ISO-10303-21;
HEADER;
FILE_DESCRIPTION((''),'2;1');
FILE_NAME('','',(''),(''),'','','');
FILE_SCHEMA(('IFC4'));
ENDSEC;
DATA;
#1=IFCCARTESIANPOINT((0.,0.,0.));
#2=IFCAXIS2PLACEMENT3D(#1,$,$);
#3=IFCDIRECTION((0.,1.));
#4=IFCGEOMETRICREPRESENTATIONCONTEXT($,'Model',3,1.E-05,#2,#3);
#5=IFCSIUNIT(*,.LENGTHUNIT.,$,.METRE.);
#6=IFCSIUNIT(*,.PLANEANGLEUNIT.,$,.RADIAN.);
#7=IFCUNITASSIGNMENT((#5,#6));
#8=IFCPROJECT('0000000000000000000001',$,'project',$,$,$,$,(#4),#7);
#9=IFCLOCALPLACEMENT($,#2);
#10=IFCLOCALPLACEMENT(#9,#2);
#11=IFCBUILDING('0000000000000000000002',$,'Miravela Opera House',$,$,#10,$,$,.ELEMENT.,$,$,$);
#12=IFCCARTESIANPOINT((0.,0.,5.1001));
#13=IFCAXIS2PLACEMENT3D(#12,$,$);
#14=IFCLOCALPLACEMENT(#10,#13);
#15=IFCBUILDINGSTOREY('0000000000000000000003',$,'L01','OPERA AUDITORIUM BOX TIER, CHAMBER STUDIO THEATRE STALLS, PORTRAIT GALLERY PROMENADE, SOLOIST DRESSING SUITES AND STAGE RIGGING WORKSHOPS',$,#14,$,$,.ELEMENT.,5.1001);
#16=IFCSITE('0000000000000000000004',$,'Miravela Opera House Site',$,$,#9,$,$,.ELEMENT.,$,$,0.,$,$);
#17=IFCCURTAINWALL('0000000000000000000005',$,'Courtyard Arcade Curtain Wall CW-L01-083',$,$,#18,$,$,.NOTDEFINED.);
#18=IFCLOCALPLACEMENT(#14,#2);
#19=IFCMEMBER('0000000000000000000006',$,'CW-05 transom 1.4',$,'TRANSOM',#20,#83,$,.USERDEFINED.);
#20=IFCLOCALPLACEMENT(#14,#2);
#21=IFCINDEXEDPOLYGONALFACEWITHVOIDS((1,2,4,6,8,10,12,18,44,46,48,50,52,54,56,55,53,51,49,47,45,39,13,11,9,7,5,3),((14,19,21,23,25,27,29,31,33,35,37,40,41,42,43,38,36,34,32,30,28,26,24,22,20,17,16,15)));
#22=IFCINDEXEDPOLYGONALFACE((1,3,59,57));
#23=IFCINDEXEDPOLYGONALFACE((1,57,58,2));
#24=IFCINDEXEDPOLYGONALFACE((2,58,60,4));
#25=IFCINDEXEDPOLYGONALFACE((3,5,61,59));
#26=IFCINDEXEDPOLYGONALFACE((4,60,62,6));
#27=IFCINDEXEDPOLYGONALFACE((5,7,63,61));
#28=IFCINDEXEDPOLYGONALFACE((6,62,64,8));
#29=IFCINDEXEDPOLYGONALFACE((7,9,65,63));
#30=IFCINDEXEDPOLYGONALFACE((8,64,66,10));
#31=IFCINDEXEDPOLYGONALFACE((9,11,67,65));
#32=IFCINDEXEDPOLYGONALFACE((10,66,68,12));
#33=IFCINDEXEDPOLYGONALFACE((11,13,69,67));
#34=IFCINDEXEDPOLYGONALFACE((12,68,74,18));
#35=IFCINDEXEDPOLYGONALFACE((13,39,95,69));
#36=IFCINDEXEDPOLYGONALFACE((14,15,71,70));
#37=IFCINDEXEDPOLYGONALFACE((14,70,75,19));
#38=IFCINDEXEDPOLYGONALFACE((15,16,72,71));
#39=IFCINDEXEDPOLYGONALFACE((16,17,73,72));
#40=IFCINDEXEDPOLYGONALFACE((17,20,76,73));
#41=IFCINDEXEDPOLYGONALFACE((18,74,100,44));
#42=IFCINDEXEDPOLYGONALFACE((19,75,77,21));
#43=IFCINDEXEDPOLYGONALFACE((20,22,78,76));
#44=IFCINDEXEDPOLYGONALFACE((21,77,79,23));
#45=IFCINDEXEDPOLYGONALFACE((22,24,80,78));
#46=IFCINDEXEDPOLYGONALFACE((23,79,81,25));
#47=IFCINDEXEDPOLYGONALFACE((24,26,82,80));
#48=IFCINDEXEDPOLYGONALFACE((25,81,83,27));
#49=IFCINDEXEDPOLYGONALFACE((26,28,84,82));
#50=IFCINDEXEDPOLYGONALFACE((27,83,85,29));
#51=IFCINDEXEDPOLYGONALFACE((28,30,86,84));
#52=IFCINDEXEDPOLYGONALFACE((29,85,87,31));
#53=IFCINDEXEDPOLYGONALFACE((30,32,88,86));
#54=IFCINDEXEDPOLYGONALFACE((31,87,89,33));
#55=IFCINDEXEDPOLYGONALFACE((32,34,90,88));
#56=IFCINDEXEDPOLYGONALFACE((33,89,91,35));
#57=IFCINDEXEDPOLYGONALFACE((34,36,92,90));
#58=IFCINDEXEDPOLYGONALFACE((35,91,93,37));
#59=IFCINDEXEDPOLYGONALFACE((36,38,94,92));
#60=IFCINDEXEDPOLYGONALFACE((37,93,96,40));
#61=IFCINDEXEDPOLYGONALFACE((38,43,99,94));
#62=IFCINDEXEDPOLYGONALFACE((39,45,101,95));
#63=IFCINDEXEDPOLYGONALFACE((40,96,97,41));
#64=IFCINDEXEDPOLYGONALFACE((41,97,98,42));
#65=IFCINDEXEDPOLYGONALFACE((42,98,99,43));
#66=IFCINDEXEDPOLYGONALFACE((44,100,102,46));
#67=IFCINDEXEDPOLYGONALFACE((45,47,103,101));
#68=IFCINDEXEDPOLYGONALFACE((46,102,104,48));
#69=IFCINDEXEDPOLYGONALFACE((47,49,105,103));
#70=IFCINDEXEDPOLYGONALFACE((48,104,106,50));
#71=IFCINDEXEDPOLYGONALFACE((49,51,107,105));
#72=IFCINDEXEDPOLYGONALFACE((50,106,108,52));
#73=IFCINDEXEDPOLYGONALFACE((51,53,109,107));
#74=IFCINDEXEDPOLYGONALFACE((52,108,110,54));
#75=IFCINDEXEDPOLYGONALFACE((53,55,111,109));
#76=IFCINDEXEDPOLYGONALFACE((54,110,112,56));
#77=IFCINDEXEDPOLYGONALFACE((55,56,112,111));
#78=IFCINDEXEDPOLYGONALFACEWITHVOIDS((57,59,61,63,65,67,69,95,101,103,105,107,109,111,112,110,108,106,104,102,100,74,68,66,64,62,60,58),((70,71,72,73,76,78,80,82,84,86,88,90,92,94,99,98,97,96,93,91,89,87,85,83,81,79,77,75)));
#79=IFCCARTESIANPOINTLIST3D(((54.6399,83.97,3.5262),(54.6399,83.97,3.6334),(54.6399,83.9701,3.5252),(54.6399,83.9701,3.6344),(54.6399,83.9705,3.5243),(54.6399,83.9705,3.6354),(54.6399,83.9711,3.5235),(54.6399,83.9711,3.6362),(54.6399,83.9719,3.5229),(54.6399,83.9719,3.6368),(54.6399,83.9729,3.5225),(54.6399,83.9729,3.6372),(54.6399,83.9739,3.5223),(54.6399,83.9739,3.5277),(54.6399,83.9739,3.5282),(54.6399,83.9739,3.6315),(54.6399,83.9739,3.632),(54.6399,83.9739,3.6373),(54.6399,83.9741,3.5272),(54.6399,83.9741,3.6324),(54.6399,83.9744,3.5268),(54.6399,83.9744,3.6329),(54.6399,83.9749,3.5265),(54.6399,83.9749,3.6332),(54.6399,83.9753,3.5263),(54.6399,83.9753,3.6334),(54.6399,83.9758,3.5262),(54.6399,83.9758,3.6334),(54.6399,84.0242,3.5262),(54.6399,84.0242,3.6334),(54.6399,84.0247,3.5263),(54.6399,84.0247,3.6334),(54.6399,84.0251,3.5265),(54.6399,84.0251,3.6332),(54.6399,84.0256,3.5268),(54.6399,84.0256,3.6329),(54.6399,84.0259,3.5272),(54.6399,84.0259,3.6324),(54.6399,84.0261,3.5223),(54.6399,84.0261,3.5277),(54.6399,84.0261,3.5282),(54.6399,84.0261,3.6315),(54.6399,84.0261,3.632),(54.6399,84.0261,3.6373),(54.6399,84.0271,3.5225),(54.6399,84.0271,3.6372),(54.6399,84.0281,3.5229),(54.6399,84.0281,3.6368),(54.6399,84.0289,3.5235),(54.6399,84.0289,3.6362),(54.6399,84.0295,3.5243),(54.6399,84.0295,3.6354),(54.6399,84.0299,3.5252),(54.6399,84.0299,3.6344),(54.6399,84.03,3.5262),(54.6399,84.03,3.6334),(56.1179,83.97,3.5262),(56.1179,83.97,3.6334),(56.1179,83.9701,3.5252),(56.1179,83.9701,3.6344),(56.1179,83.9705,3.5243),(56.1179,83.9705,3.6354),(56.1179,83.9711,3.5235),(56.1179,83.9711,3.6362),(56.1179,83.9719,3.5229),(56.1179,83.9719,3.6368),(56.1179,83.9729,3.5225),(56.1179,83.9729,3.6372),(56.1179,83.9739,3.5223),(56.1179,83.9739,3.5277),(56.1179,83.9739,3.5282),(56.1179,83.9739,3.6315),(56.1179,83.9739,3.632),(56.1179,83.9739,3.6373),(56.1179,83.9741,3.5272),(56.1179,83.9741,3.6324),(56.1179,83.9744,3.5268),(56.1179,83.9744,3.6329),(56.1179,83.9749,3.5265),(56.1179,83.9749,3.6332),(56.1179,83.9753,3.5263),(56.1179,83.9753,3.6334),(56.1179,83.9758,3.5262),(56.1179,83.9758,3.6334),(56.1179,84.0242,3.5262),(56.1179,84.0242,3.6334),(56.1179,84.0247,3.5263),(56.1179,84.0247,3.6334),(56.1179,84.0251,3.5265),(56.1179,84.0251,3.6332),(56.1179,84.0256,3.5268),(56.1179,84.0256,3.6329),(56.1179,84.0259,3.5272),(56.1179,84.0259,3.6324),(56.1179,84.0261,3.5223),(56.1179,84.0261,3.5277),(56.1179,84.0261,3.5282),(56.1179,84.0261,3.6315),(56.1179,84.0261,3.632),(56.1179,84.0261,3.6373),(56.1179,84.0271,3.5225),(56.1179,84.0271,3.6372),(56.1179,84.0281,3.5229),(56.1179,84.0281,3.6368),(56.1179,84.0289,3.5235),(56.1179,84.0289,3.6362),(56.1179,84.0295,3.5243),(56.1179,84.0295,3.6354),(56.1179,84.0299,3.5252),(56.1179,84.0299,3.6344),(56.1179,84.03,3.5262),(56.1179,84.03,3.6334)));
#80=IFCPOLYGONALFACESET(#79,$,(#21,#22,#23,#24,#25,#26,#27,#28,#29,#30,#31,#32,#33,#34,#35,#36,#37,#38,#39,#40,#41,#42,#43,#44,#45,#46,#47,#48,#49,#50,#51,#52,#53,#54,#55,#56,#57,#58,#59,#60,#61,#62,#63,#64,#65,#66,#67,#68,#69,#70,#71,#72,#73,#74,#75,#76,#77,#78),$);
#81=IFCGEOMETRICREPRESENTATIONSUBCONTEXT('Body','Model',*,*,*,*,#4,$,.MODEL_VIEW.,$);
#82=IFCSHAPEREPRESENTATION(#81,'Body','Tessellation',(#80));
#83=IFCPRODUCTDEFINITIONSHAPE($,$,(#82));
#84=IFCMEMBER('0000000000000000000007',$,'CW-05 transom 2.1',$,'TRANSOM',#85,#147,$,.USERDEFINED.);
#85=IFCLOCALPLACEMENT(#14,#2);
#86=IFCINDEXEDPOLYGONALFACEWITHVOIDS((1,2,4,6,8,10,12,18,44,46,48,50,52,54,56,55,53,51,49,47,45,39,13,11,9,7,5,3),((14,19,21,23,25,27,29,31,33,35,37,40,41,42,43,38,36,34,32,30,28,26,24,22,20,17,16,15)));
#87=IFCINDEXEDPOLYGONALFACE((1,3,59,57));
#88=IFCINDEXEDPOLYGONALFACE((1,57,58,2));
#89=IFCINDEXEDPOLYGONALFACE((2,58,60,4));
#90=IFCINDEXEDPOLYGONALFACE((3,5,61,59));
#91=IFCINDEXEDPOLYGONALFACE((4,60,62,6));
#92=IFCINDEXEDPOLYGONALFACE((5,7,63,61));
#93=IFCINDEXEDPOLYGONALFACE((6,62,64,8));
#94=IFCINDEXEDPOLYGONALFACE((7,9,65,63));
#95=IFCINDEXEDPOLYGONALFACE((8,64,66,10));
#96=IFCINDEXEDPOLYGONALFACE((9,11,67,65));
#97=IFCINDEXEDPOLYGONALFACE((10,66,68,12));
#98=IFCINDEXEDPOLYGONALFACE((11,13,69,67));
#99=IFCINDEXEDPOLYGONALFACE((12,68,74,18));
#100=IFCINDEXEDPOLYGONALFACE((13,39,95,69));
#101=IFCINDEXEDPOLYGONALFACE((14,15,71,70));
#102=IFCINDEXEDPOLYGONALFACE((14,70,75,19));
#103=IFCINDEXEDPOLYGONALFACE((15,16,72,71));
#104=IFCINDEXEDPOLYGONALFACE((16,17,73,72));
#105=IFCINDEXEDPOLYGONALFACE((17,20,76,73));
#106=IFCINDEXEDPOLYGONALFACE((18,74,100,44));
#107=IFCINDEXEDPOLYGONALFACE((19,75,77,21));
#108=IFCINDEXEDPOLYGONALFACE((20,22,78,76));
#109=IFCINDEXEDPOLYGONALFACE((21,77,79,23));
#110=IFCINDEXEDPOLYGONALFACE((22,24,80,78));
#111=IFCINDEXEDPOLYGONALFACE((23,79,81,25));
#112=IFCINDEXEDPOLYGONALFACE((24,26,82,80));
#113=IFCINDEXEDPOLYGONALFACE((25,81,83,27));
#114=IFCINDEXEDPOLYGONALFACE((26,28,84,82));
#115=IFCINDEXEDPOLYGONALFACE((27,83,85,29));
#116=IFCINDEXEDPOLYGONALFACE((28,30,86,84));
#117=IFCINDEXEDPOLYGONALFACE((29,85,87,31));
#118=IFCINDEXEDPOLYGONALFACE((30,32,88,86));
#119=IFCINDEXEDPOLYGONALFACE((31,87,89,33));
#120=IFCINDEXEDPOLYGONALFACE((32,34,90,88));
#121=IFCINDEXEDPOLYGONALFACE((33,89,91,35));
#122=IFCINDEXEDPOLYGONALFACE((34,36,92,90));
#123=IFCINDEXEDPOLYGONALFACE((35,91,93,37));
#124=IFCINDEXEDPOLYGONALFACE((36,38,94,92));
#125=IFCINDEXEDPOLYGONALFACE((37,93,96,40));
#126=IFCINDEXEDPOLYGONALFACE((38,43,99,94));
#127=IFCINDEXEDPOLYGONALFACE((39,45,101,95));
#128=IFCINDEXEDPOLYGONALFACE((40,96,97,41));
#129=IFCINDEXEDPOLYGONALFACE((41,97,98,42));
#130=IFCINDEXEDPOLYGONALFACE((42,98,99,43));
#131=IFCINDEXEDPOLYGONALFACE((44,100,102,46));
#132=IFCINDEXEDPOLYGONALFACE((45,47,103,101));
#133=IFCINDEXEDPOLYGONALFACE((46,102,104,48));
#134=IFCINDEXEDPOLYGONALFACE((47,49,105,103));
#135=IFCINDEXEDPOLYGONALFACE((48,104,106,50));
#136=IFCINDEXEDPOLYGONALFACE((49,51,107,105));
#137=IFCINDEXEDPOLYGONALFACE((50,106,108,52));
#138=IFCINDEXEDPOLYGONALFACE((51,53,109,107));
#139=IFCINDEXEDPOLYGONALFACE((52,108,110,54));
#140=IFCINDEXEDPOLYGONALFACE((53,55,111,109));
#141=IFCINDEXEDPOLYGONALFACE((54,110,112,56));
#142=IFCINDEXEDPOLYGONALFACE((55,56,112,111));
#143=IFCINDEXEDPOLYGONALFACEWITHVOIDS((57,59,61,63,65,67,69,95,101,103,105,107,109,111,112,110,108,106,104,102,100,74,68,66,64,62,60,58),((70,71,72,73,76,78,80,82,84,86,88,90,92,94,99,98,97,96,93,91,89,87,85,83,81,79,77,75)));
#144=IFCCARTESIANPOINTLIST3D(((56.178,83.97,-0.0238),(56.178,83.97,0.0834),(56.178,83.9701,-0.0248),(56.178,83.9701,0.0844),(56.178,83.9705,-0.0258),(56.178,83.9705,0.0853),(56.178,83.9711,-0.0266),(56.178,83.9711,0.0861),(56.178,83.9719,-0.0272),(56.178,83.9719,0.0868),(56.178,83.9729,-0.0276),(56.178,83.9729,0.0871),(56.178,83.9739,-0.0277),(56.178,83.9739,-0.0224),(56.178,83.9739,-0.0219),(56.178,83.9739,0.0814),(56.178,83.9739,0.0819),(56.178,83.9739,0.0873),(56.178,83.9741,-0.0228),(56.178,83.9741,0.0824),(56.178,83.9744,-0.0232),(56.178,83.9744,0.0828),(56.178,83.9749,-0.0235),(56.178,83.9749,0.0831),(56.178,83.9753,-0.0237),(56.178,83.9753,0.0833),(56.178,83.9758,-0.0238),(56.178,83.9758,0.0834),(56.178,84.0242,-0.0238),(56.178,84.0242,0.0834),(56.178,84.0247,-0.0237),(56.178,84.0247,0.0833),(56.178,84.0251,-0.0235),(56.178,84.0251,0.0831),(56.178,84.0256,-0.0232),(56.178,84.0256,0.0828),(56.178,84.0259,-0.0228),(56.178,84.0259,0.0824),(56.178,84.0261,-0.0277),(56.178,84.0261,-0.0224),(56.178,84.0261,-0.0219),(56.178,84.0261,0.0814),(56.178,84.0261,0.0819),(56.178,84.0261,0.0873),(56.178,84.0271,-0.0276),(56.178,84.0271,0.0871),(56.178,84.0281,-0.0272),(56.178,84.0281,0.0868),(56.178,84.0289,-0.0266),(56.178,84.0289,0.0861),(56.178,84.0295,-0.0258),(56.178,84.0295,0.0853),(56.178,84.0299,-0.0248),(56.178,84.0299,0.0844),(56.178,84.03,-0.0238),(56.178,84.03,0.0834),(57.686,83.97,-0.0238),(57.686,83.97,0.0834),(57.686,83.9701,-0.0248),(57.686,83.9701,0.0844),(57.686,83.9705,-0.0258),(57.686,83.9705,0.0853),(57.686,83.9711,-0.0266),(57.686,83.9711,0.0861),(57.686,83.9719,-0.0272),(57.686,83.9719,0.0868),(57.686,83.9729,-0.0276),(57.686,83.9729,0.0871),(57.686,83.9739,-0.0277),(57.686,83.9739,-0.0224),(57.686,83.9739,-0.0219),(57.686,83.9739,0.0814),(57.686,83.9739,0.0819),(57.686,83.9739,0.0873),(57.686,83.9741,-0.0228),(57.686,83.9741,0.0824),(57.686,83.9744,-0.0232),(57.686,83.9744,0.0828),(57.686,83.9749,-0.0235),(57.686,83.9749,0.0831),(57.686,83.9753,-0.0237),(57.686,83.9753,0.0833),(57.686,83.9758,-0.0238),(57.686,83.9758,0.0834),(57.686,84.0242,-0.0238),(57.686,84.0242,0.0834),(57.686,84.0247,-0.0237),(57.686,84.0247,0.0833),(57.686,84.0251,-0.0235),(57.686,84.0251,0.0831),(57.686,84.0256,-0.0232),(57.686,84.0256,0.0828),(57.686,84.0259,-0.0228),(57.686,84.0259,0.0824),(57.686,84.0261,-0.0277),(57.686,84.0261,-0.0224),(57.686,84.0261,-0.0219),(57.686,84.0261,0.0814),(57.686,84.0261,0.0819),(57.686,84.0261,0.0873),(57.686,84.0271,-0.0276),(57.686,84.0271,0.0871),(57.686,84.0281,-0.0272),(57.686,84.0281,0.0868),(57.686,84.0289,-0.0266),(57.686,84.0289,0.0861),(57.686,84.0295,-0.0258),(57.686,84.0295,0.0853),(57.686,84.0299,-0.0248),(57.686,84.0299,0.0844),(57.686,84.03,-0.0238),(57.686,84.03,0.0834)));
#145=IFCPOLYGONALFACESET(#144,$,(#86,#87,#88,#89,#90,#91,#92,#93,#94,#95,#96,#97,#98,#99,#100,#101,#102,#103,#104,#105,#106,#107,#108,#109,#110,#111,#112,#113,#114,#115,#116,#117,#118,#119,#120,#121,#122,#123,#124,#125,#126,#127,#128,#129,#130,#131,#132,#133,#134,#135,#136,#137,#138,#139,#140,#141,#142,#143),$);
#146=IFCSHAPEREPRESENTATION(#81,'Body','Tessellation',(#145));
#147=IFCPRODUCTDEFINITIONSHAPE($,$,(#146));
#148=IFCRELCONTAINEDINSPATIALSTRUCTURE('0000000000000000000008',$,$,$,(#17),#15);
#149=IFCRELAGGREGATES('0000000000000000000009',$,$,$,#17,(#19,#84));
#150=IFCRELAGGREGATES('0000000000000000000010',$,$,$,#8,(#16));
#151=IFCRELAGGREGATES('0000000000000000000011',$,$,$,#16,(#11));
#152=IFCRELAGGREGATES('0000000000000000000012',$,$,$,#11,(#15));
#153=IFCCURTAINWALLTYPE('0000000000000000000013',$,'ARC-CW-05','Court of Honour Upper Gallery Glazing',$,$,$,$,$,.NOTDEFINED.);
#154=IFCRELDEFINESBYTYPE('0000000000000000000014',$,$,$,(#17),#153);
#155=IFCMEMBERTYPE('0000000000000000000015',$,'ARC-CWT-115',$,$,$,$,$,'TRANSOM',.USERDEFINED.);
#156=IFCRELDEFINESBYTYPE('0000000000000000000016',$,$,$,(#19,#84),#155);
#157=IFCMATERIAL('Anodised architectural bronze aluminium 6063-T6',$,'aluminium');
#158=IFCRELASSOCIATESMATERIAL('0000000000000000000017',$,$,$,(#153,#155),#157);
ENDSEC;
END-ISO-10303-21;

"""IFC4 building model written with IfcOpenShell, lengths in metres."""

from ifc_helpers import new_model, si_unit, direction, frame, origin, origin_2d, place, context, subcontext, project, spatial, hollow_rectangle, extrude, material, material_profile, profile_set, type_object, element, aggregate, save


model = new_model("IFC4")

# Units and contexts
model_context = context("Model", 3, precision=1e-05, world=origin(), true_north=direction((0.0, 1.0)))
body_context = subcontext(model_context, "Body", "Model", "MODEL_VIEW")
ifc_project = project(units=[si_unit("LENGTHUNIT", "METRE"), si_unit("PLANEANGLEUNIT", "RADIAN")], contexts=[model_context])

# Site, building, storey
site_placement = place(None, origin())
site = spatial("IfcSite", under=ifc_project, at=site_placement, Name="Miravela Opera House Site", CompositionType="ELEMENT", RefElevation=0.0)
building_placement = place(site_placement, origin())
building = spatial("IfcBuilding", under=site, at=building_placement, Name="Miravela Opera House", CompositionType="ELEMENT")
storey_placement = place(building_placement, frame((0.0, 0.0, 5.1001)))
storey = spatial("IfcBuildingStorey", under=building, at=storey_placement, Name="L01", Description="OPERA AUDITORIUM BOX TIER, CHAMBER STUDIO THEATRE STALLS, PORTRAIT GALLERY PROMENADE, SOLOIST DRESSING SUITES AND STAGE RIGGING WORKSHOPS", CompositionType="ELEMENT", Elevation=5.1001)

# Curtain wall, members
ifc_material_1 = material(Name="Anodised architectural bronze aluminium 6063-T6", Category="aluminium")
curtain_wall_type = type_object("IfcCurtainWallType", Name="ARC-CW-05", Description="Court of Honour Upper Gallery Glazing", PredefinedType="NOTDEFINED", material=ifc_material_1)
curtain_wall_placement = place(storey_placement, origin())
curtain_wall = element("IfcCurtainWall", 1, at=curtain_wall_placement, inside=storey, type_object=curtain_wall_type, Name="Courtyard Arcade Curtain Wall CW-L01-083", PredefinedType="NOTDEFINED")
ifc_material_profile_1 = material_profile(ifc_material_1, hollow_rectangle(XDim=0.0601, YDim=0.115, WallThickness=0.0039, InnerFilletRadius=0.002, OuterFilletRadius=0.0039, at=origin_2d()), Name="CWT-60X115")
ifc_profile_set_1 = profile_set([ifc_material_profile_1])
member_type_1 = type_object("IfcMemberType", Name="ARC-CWT-115", ElementType="TRANSOM", PredefinedType="USERDEFINED", material=ifc_profile_set_1)
member_1_placement = place(storey_placement, frame((54.6399, 84.0, 3.5798), z_axis=(1.0, 0.0, 0.0), x_axis=(0.0, 1.0, 0.0)))
member_1 = element("IfcMember", 2, at=member_1_placement, type_object=member_type_1, Name="CW-05 transom 1.4", ObjectType="TRANSOM", PredefinedType="USERDEFINED", context=body_context, shape_type="SweptSolid", body=[
    extrude(hollow_rectangle(XDim=0.0601, YDim=0.115, WallThickness=0.0039, InnerFilletRadius=0.002, OuterFilletRadius=0.0039, at=origin_2d()), origin(), (0.0, 0.0, 1.0), 1.478),
])
member_2_placement = place(storey_placement, frame((56.178, 84.0, 0.0298), z_axis=(1.0, 0.0, 0.0), x_axis=(0.0, 1.0, 0.0)))
member_2 = element("IfcMember", 3, at=member_2_placement, type_object=member_type_1, Name="CW-05 transom 2.1", ObjectType="TRANSOM", PredefinedType="USERDEFINED", context=body_context, shape_type="SweptSolid", body=[
    extrude(hollow_rectangle(XDim=0.0601, YDim=0.115, WallThickness=0.0039, InnerFilletRadius=0.002, OuterFilletRadius=0.0039, at=origin_2d()), origin(), (0.0, 0.0, 1.0), 1.5081),
])
aggregate(curtain_wall, [member_1, member_2])

save(model, "model.ifc")
